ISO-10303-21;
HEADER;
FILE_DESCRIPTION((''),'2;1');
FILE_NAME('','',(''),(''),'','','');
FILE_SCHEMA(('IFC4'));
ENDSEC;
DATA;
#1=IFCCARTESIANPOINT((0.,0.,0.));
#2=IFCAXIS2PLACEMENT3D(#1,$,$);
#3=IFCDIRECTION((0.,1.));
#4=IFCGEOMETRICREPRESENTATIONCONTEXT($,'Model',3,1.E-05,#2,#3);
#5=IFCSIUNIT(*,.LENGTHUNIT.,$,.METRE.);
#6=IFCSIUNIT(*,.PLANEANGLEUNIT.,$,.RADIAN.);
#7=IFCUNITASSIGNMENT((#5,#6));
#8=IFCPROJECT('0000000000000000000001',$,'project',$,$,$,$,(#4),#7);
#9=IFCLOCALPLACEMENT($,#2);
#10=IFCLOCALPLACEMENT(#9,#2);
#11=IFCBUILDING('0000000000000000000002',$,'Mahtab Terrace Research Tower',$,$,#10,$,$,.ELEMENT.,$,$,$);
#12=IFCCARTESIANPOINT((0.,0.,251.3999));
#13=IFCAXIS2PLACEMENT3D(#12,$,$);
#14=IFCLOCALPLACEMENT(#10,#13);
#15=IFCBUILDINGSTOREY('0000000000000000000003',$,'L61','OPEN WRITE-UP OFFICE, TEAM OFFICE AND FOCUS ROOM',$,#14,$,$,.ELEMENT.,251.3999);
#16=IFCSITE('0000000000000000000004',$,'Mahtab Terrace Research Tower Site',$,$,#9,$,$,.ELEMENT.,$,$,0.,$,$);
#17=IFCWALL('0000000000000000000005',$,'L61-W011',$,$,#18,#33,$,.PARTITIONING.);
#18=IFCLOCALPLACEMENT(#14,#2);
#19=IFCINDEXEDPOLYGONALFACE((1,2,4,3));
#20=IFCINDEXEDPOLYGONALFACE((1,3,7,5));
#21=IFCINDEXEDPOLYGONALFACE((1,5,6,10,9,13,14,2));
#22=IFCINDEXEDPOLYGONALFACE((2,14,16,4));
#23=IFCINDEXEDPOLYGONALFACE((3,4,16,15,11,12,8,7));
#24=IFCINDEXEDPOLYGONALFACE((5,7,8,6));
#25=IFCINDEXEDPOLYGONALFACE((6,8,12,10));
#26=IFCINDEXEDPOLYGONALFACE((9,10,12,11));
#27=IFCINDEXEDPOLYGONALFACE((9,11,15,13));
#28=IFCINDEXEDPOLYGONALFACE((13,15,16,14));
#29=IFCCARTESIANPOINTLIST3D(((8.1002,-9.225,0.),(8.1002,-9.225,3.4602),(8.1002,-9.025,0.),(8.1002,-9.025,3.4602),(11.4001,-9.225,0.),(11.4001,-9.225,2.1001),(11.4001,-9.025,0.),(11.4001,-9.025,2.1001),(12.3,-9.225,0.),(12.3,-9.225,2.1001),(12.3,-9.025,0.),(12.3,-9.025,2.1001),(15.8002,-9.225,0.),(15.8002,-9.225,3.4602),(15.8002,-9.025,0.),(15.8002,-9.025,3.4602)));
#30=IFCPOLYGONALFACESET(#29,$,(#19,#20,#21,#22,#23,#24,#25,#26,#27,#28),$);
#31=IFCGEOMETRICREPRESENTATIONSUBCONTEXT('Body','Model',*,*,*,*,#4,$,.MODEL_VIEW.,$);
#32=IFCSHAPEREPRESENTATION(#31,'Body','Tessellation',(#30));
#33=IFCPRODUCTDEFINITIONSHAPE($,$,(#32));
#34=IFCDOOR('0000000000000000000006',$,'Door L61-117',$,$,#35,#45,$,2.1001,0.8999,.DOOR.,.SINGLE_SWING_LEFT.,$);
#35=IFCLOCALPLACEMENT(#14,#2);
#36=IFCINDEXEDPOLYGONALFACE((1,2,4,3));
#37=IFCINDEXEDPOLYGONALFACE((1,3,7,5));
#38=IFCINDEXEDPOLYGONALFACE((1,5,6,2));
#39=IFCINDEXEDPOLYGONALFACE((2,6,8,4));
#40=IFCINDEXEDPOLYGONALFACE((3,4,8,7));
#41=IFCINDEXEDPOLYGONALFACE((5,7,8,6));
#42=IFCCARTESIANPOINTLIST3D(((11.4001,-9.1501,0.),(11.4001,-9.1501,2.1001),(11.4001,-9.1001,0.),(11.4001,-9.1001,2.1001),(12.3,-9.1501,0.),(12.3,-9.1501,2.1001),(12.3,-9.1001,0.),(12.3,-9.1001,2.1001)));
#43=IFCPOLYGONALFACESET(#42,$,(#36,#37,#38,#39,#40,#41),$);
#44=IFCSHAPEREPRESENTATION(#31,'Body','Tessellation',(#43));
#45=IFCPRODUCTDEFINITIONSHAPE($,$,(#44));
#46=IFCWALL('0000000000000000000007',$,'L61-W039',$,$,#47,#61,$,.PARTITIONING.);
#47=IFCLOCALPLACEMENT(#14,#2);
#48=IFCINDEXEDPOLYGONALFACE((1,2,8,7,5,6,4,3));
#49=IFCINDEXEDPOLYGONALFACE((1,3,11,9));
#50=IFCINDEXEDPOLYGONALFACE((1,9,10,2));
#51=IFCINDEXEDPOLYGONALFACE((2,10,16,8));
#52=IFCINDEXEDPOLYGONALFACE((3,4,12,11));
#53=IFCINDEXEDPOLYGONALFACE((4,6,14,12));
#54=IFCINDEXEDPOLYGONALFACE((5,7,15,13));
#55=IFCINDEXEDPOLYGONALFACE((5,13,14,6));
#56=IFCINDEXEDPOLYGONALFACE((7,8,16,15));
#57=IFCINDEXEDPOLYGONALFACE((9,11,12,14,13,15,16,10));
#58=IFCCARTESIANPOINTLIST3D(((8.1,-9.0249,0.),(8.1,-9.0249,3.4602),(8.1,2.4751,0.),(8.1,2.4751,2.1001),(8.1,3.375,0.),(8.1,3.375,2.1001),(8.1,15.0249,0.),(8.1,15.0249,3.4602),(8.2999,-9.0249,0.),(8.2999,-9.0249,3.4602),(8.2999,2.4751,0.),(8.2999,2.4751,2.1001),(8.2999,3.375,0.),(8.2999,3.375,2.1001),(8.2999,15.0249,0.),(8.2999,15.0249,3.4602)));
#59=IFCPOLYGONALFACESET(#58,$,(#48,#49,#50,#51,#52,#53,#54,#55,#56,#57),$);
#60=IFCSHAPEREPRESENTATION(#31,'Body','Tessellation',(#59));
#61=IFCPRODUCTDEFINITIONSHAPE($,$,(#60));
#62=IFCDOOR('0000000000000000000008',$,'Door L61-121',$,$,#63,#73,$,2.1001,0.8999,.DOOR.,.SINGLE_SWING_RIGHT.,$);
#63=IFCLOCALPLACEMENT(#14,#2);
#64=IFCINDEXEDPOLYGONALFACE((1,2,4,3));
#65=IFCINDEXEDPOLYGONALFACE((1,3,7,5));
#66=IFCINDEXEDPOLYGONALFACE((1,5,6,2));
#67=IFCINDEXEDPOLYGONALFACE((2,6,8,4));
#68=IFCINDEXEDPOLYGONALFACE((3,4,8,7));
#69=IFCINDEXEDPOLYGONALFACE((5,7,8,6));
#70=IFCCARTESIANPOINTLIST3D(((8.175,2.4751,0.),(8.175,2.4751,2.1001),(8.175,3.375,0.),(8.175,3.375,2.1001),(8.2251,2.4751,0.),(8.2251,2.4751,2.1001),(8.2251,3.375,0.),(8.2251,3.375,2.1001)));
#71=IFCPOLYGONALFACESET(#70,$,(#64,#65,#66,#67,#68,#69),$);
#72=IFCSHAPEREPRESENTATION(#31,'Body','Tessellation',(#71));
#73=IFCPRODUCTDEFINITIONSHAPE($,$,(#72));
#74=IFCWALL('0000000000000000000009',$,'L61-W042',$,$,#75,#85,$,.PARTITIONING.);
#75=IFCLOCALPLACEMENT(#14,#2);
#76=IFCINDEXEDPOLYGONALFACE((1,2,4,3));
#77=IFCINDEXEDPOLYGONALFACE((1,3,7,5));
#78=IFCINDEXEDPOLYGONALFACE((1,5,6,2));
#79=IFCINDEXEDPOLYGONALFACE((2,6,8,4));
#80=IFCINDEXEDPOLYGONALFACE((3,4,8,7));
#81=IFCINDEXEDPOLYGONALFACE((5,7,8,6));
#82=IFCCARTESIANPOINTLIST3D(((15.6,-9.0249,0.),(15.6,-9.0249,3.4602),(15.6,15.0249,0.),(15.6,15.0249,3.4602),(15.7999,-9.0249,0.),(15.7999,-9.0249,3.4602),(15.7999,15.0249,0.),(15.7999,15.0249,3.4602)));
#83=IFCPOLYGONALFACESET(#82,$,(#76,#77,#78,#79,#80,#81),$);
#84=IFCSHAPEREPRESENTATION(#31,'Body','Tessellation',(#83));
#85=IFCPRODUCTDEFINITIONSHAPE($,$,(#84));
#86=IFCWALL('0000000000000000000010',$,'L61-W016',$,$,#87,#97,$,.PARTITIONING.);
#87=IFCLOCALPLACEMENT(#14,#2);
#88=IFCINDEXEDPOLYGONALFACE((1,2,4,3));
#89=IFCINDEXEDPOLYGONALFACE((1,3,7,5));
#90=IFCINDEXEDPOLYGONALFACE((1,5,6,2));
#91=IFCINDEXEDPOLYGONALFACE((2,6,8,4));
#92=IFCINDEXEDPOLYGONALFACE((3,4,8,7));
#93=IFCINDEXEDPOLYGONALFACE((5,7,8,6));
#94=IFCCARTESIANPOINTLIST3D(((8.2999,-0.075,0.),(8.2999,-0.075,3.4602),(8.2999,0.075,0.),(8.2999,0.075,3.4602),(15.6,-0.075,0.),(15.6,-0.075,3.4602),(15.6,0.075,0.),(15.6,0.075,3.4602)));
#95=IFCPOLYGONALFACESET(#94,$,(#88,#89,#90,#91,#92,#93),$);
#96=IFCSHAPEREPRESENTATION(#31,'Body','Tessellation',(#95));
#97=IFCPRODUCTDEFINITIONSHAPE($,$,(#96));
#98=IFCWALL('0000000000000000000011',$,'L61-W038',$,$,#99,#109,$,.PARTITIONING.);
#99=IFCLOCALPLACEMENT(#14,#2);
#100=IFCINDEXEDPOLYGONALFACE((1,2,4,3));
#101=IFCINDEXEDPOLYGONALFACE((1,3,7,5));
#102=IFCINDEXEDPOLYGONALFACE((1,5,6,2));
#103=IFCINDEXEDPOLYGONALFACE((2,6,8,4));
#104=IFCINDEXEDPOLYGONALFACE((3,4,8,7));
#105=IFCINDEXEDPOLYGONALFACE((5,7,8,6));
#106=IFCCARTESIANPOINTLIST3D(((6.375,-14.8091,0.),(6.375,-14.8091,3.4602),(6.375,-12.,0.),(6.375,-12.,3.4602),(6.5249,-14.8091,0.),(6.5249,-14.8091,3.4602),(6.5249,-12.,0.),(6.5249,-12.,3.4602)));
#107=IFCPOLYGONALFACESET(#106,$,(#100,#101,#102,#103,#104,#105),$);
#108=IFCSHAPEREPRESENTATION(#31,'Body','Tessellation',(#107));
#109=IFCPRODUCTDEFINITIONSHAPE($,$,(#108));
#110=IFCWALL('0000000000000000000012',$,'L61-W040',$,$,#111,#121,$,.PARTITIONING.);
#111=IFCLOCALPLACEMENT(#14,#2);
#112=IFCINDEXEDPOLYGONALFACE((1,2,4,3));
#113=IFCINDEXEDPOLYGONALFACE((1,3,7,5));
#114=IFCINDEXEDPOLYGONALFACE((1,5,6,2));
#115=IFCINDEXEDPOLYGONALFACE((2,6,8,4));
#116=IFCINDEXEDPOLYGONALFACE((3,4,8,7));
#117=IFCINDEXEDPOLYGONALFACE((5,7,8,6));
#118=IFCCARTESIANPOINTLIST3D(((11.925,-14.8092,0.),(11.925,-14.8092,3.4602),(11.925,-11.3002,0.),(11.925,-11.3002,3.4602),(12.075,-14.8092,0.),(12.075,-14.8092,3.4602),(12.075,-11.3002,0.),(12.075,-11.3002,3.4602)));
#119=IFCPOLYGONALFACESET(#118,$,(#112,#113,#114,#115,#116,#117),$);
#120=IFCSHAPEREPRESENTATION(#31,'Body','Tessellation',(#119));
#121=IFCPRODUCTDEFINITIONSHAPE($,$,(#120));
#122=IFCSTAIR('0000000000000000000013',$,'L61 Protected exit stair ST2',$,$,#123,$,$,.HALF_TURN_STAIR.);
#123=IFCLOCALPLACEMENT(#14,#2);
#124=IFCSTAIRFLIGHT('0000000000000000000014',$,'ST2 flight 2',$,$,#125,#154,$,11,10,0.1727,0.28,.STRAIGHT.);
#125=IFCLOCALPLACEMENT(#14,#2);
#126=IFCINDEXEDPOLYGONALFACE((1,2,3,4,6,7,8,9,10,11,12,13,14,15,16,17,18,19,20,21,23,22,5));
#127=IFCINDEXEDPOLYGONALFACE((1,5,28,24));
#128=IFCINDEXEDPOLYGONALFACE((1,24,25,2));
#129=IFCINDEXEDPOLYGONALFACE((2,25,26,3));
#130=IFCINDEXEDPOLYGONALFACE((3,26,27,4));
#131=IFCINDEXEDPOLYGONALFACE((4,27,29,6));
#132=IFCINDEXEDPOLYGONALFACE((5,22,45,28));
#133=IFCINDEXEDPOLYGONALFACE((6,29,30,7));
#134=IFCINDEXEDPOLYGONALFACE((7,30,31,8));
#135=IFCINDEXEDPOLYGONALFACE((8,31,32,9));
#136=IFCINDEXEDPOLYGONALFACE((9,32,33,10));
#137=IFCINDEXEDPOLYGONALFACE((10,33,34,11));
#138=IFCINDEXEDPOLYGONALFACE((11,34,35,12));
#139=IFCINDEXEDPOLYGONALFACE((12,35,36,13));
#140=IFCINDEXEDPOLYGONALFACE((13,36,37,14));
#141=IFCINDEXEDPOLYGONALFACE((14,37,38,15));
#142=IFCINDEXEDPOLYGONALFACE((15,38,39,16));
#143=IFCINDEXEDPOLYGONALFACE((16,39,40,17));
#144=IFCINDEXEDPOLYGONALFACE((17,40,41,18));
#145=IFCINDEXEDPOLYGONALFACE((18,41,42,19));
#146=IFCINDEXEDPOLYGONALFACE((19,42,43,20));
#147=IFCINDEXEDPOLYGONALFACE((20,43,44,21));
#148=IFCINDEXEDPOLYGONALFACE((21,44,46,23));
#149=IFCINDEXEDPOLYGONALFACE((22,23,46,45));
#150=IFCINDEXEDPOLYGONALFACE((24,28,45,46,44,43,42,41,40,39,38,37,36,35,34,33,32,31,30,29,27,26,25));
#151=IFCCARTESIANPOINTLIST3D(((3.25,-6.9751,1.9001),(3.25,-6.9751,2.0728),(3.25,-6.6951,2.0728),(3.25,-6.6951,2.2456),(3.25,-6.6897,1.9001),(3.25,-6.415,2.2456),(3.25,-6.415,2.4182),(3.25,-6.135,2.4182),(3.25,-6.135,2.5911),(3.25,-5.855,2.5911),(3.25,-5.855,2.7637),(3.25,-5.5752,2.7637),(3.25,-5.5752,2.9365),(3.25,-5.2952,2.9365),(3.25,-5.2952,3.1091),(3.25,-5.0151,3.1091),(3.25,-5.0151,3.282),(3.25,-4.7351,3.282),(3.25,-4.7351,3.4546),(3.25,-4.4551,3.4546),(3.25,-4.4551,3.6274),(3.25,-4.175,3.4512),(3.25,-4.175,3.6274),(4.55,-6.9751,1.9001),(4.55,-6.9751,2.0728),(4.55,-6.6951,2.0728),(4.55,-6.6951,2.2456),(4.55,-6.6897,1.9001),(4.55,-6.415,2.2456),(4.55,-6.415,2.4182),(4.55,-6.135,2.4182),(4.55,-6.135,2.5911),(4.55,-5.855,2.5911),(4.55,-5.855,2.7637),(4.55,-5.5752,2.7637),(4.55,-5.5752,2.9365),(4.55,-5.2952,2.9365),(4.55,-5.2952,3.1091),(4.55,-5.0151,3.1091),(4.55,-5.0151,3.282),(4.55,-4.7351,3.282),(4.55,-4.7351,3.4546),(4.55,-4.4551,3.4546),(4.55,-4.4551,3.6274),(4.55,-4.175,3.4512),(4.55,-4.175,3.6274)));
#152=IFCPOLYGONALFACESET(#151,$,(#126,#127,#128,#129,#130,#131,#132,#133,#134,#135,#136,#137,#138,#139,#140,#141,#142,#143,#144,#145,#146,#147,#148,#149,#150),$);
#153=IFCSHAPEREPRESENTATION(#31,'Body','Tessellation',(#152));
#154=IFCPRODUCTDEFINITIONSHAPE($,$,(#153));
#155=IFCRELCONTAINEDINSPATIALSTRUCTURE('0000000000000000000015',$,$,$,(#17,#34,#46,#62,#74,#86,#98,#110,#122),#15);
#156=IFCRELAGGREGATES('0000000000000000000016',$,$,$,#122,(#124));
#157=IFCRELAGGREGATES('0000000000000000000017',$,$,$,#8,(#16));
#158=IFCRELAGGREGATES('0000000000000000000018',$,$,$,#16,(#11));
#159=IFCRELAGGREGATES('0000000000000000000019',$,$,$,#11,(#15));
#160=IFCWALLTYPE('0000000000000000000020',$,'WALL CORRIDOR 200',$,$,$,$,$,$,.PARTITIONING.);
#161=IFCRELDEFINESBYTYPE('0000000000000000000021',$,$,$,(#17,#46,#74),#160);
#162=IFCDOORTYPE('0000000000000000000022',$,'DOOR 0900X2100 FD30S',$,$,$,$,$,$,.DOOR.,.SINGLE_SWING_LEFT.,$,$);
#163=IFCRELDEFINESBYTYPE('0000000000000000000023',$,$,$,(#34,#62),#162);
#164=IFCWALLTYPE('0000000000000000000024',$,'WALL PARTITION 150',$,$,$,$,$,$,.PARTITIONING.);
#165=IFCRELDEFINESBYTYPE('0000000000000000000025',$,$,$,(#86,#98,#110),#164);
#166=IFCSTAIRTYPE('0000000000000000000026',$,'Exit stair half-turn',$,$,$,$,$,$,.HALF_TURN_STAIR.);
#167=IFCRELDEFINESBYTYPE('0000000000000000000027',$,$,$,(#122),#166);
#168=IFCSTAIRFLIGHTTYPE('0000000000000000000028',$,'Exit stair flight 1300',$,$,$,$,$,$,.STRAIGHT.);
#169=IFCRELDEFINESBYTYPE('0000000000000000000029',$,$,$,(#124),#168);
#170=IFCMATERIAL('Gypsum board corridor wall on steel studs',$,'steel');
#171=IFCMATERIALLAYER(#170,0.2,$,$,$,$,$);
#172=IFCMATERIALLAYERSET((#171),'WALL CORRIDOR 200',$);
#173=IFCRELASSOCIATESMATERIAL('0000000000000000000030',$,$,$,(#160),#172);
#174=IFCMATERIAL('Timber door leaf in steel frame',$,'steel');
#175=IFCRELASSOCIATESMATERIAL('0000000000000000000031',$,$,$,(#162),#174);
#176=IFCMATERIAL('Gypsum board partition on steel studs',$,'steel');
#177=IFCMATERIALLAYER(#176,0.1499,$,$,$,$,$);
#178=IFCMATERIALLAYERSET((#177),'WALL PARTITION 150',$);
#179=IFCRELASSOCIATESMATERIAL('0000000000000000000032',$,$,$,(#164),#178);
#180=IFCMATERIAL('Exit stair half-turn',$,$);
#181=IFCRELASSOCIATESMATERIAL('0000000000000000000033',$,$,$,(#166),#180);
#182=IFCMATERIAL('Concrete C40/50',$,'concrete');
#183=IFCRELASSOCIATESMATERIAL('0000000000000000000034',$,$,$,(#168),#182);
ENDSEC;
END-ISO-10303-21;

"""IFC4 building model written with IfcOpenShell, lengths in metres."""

from ifc_helpers import new_model, si_unit, direction, frame, frame_2d, origin, place, context, subcontext, project, spatial, polyline, rectangle, outline, extrude, material, layer, layer_set, type_object, element, fill, aggregate, save


model = new_model("IFC4")

# Units and contexts
model_context = context("Model", 3, precision=1e-05, world=origin(), true_north=direction((0.0, 1.0)))
body_context = subcontext(model_context, "Body", "Model", "MODEL_VIEW")
ifc_project = project(units=[si_unit("LENGTHUNIT", "METRE"), si_unit("PLANEANGLEUNIT", "RADIAN")], contexts=[model_context])

# Site, building, storey
site_placement = place(None, origin())
site = spatial("IfcSite", under=ifc_project, at=site_placement, Name="Mahtab Terrace Research Tower Site", CompositionType="ELEMENT", RefElevation=0.0)
building_placement = place(site_placement, origin())
building = spatial("IfcBuilding", under=site, at=building_placement, Name="Mahtab Terrace Research Tower", CompositionType="ELEMENT")
storey_placement = place(building_placement, frame((0.0, 0.0, 251.3999)))
storey = spatial("IfcBuildingStorey", under=building, at=storey_placement, Name="L61", Description="OPEN WRITE-UP OFFICE, TEAM OFFICE AND FOCUS ROOM", CompositionType="ELEMENT", Elevation=251.3999)

# Shared definitions
ifc_material_1 = material(Name="Gypsum board corridor wall on steel studs", Category="steel")
ifc_layer_1 = layer(ifc_material_1, 0.2)
ifc_layer_set_1 = layer_set([ifc_layer_1], Name="WALL CORRIDOR 200")
wall_type_1 = type_object("IfcWallType", Name="WALL CORRIDOR 200", PredefinedType="PARTITIONING", material=ifc_layer_set_1)
ifc_material_2 = material(Name="Timber door leaf in steel frame", Category="steel")
door_type_1 = type_object("IfcDoorType", Name="DOOR 0900X2100 FD30S", OperationType="SINGLE_SWING_LEFT", PredefinedType="DOOR", material=ifc_material_2)

# Walls, openings, doors
wall_1_placement = place(storey_placement, frame((8.1001, -9.125, 0.0), z_axis=(0.0, 0.0, 1.0), x_axis=(1.0, 0.0, 0.0)))
wall_1 = element("IfcWall", 1, at=wall_1_placement, inside=storey, type_object=wall_type_1, Name="L61-W011", PredefinedType="PARTITIONING", context=body_context, shape_type="SweptSolid", body=[
    extrude(rectangle(XDim=7.7, YDim=0.2, at=frame_2d((3.8501, 0.0))), origin(), (0.0, 0.0, 1.0), 3.4602),
])
opening_1_placement = place(wall_1_placement, frame((3.3, 0.0, 0.0)))
opening_1 = element("IfcOpeningElement", 2, at=opening_1_placement, cuts=wall_1, PredefinedType="OPENING", context=body_context, shape_type="SweptSolid", body=[
    extrude(rectangle(XDim=0.8999, YDim=2.1001, at=frame_2d((0.45, 1.05))), frame((0.0, 0.1099, 0.0), z_axis=(0.0, -1.0, 0.0), x_axis=(1.0, 0.0, 0.0)), (0.0, 0.0, 1.0), 0.22),
])
door_1_placement = place(opening_1_placement, origin())
door_1 = element("IfcDoor", 3, at=door_1_placement, inside=storey, type_object=door_type_1, Name="Door L61-117", OperationType="SINGLE_SWING_LEFT", OverallHeight=2.1001, OverallWidth=0.8999, PredefinedType="DOOR", context=body_context, shape_type="SweptSolid", body=[
    extrude(rectangle(XDim=0.8999, YDim=2.1001, at=frame_2d((0.45, 1.05))), frame((0.0, 0.0249, 0.0), z_axis=(0.0, -1.0, 0.0), x_axis=(1.0, 0.0, 0.0)), (0.0, 0.0, 1.0), 0.05),
])
fill(opening_1, door_1)
wall_2_placement = place(storey_placement, frame((8.2, -9.0249, 0.0), z_axis=(0.0, 0.0, 1.0), x_axis=(0.0, 1.0, 0.0)))
wall_2 = element("IfcWall", 4, at=wall_2_placement, inside=storey, type_object=wall_type_1, Name="L61-W039", PredefinedType="PARTITIONING", context=body_context, shape_type="SweptSolid", body=[
    extrude(rectangle(XDim=24.0498, YDim=0.2, at=frame_2d((12.0249, 0.0))), origin(), (0.0, 0.0, 1.0), 3.4602),
])
opening_2_placement = place(wall_2_placement, frame((11.5, 0.0, 0.0)))
opening_2 = element("IfcOpeningElement", 5, at=opening_2_placement, cuts=wall_2, PredefinedType="OPENING", context=body_context, shape_type="SweptSolid", body=[
    extrude(rectangle(XDim=0.8999, YDim=2.1001, at=frame_2d((0.45, 1.05))), frame((0.0, 0.1099, 0.0), z_axis=(0.0, -1.0, 0.0), x_axis=(1.0, 0.0, 0.0)), (0.0, 0.0, 1.0), 0.22),
])
door_2_placement = place(opening_2_placement, origin())
door_2 = element("IfcDoor", 6, at=door_2_placement, inside=storey, type_object=door_type_1, Name="Door L61-121", OperationType="SINGLE_SWING_RIGHT", OverallHeight=2.1001, OverallWidth=0.8999, PredefinedType="DOOR", context=body_context, shape_type="SweptSolid", body=[
    extrude(rectangle(XDim=0.8999, YDim=2.1001, at=frame_2d((0.45, 1.05))), frame((0.0, 0.0249, 0.0), z_axis=(0.0, -1.0, 0.0), x_axis=(1.0, 0.0, 0.0)), (0.0, 0.0, 1.0), 0.05),
])
fill(opening_2, door_2)

# Walls
wall_3_placement = place(storey_placement, frame((15.7, -9.0249, 0.0), z_axis=(0.0, 0.0, 1.0), x_axis=(0.0, 1.0, 0.0)))
element("IfcWall", 7, at=wall_3_placement, inside=storey, type_object=wall_type_1, Name="L61-W042", PredefinedType="PARTITIONING", context=body_context, shape_type="SweptSolid", body=[
    extrude(rectangle(XDim=24.0498, YDim=0.2, at=frame_2d((12.0249, 0.0))), origin(), (0.0, 0.0, 1.0), 3.4602),
])
ifc_material_3 = material(Name="Gypsum board partition on steel studs", Category="steel")
ifc_layer_2 = layer(ifc_material_3, 0.1499)
ifc_layer_set_2 = layer_set([ifc_layer_2], Name="WALL PARTITION 150")
wall_type_2 = type_object("IfcWallType", Name="WALL PARTITION 150", PredefinedType="PARTITIONING", material=ifc_layer_set_2)
wall_4_placement = place(storey_placement, frame((8.3, 0.0, 0.0), z_axis=(0.0, 0.0, 1.0), x_axis=(1.0, 0.0, 0.0)))
element("IfcWall", 8, at=wall_4_placement, inside=storey, type_object=wall_type_2, Name="L61-W016", PredefinedType="PARTITIONING", context=body_context, shape_type="SweptSolid", body=[
    extrude(rectangle(XDim=7.3, YDim=0.1499, at=frame_2d((3.6499, 0.0))), origin(), (0.0, 0.0, 1.0), 3.4602),
])
wall_5_placement = place(storey_placement, frame((6.45, -14.8091, 0.0), z_axis=(0.0, 0.0, 1.0), x_axis=(0.0, 1.0, 0.0)))
element("IfcWall", 9, at=wall_5_placement, inside=storey, type_object=wall_type_2, Name="L61-W038", PredefinedType="PARTITIONING", context=body_context, shape_type="SweptSolid", body=[
    extrude(rectangle(XDim=2.8091, YDim=0.1499, at=frame_2d((1.4045, 0.0))), origin(), (0.0, 0.0, 1.0), 3.4602),
])
wall_6_placement = place(storey_placement, frame((12.0, -14.8091, 0.0), z_axis=(0.0, 0.0, 1.0), x_axis=(0.0, 1.0, 0.0)))
element("IfcWall", 10, at=wall_6_placement, inside=storey, type_object=wall_type_2, Name="L61-W040", PredefinedType="PARTITIONING", context=body_context, shape_type="SweptSolid", body=[
    extrude(rectangle(XDim=3.509, YDim=0.1499, at=frame_2d((1.7544, 0.0))), origin(), (0.0, 0.0, 1.0), 3.4602),
])

# Stair, stair flight
ifc_material_4 = material(Name="Exit stair half-turn")
stair_type = type_object("IfcStairType", Name="Exit stair half-turn", PredefinedType="HALF_TURN_STAIR", material=ifc_material_4)
stair_placement = place(storey_placement, origin())
stair = element("IfcStair", 11, at=stair_placement, inside=storey, type_object=stair_type, Name="L61 Protected exit stair ST2", PredefinedType="HALF_TURN_STAIR")
ifc_material_5 = material(Name="Concrete C40/50", Category="concrete")
stair_flight_type = type_object("IfcStairFlightType", Name="Exit stair flight 1300", PredefinedType="STRAIGHT", material=ifc_material_5)
stair_flight_placement = place(storey_placement, frame((3.8999, -6.9751, 1.9001), z_axis=(0.0, 0.0, 1.0), x_axis=(0.0, 1.0, 0.0)))
stair_flight = element("IfcStairFlight", 12, at=stair_flight_placement, type_object=stair_flight_type, Name="ST2 flight 2", NumberOfRisers=11, NumberOfTreads=10, PredefinedType="STRAIGHT", RiserHeight=0.1727, TreadLength=0.28, context=body_context, shape_type="SweptSolid", body=[
    extrude(outline(polyline([(0.0, 0.0), (0.0, 0.1726), (0.28, 0.1726), (0.28, 0.3455), (0.5601, 0.3455), (0.5601, 0.5181), (0.8401, 0.5181), (0.8401, 0.6909), (1.1201, 0.6909), (1.1201, 0.8635), (1.3999, 0.8635), (1.3999, 1.0364), (1.6799, 1.0364), (1.6799, 1.209), (1.96, 1.209), (1.96, 1.3818), (2.24, 1.3818), (2.24, 1.5544), (2.52, 1.5544), (2.52, 1.7273), (2.8, 1.7273), (2.8, 1.8999), (2.8, 1.551), (0.2854, 0.0), (0.0, 0.0)])), frame((0.0, 0.6499, 0.0), z_axis=(0.0, -1.0, 0.0), x_axis=(1.0, 0.0, 0.0)), (0.0, 0.0, 1.0), 1.3),
])
aggregate(stair, [stair_flight])

save(model, "model.ifc")
